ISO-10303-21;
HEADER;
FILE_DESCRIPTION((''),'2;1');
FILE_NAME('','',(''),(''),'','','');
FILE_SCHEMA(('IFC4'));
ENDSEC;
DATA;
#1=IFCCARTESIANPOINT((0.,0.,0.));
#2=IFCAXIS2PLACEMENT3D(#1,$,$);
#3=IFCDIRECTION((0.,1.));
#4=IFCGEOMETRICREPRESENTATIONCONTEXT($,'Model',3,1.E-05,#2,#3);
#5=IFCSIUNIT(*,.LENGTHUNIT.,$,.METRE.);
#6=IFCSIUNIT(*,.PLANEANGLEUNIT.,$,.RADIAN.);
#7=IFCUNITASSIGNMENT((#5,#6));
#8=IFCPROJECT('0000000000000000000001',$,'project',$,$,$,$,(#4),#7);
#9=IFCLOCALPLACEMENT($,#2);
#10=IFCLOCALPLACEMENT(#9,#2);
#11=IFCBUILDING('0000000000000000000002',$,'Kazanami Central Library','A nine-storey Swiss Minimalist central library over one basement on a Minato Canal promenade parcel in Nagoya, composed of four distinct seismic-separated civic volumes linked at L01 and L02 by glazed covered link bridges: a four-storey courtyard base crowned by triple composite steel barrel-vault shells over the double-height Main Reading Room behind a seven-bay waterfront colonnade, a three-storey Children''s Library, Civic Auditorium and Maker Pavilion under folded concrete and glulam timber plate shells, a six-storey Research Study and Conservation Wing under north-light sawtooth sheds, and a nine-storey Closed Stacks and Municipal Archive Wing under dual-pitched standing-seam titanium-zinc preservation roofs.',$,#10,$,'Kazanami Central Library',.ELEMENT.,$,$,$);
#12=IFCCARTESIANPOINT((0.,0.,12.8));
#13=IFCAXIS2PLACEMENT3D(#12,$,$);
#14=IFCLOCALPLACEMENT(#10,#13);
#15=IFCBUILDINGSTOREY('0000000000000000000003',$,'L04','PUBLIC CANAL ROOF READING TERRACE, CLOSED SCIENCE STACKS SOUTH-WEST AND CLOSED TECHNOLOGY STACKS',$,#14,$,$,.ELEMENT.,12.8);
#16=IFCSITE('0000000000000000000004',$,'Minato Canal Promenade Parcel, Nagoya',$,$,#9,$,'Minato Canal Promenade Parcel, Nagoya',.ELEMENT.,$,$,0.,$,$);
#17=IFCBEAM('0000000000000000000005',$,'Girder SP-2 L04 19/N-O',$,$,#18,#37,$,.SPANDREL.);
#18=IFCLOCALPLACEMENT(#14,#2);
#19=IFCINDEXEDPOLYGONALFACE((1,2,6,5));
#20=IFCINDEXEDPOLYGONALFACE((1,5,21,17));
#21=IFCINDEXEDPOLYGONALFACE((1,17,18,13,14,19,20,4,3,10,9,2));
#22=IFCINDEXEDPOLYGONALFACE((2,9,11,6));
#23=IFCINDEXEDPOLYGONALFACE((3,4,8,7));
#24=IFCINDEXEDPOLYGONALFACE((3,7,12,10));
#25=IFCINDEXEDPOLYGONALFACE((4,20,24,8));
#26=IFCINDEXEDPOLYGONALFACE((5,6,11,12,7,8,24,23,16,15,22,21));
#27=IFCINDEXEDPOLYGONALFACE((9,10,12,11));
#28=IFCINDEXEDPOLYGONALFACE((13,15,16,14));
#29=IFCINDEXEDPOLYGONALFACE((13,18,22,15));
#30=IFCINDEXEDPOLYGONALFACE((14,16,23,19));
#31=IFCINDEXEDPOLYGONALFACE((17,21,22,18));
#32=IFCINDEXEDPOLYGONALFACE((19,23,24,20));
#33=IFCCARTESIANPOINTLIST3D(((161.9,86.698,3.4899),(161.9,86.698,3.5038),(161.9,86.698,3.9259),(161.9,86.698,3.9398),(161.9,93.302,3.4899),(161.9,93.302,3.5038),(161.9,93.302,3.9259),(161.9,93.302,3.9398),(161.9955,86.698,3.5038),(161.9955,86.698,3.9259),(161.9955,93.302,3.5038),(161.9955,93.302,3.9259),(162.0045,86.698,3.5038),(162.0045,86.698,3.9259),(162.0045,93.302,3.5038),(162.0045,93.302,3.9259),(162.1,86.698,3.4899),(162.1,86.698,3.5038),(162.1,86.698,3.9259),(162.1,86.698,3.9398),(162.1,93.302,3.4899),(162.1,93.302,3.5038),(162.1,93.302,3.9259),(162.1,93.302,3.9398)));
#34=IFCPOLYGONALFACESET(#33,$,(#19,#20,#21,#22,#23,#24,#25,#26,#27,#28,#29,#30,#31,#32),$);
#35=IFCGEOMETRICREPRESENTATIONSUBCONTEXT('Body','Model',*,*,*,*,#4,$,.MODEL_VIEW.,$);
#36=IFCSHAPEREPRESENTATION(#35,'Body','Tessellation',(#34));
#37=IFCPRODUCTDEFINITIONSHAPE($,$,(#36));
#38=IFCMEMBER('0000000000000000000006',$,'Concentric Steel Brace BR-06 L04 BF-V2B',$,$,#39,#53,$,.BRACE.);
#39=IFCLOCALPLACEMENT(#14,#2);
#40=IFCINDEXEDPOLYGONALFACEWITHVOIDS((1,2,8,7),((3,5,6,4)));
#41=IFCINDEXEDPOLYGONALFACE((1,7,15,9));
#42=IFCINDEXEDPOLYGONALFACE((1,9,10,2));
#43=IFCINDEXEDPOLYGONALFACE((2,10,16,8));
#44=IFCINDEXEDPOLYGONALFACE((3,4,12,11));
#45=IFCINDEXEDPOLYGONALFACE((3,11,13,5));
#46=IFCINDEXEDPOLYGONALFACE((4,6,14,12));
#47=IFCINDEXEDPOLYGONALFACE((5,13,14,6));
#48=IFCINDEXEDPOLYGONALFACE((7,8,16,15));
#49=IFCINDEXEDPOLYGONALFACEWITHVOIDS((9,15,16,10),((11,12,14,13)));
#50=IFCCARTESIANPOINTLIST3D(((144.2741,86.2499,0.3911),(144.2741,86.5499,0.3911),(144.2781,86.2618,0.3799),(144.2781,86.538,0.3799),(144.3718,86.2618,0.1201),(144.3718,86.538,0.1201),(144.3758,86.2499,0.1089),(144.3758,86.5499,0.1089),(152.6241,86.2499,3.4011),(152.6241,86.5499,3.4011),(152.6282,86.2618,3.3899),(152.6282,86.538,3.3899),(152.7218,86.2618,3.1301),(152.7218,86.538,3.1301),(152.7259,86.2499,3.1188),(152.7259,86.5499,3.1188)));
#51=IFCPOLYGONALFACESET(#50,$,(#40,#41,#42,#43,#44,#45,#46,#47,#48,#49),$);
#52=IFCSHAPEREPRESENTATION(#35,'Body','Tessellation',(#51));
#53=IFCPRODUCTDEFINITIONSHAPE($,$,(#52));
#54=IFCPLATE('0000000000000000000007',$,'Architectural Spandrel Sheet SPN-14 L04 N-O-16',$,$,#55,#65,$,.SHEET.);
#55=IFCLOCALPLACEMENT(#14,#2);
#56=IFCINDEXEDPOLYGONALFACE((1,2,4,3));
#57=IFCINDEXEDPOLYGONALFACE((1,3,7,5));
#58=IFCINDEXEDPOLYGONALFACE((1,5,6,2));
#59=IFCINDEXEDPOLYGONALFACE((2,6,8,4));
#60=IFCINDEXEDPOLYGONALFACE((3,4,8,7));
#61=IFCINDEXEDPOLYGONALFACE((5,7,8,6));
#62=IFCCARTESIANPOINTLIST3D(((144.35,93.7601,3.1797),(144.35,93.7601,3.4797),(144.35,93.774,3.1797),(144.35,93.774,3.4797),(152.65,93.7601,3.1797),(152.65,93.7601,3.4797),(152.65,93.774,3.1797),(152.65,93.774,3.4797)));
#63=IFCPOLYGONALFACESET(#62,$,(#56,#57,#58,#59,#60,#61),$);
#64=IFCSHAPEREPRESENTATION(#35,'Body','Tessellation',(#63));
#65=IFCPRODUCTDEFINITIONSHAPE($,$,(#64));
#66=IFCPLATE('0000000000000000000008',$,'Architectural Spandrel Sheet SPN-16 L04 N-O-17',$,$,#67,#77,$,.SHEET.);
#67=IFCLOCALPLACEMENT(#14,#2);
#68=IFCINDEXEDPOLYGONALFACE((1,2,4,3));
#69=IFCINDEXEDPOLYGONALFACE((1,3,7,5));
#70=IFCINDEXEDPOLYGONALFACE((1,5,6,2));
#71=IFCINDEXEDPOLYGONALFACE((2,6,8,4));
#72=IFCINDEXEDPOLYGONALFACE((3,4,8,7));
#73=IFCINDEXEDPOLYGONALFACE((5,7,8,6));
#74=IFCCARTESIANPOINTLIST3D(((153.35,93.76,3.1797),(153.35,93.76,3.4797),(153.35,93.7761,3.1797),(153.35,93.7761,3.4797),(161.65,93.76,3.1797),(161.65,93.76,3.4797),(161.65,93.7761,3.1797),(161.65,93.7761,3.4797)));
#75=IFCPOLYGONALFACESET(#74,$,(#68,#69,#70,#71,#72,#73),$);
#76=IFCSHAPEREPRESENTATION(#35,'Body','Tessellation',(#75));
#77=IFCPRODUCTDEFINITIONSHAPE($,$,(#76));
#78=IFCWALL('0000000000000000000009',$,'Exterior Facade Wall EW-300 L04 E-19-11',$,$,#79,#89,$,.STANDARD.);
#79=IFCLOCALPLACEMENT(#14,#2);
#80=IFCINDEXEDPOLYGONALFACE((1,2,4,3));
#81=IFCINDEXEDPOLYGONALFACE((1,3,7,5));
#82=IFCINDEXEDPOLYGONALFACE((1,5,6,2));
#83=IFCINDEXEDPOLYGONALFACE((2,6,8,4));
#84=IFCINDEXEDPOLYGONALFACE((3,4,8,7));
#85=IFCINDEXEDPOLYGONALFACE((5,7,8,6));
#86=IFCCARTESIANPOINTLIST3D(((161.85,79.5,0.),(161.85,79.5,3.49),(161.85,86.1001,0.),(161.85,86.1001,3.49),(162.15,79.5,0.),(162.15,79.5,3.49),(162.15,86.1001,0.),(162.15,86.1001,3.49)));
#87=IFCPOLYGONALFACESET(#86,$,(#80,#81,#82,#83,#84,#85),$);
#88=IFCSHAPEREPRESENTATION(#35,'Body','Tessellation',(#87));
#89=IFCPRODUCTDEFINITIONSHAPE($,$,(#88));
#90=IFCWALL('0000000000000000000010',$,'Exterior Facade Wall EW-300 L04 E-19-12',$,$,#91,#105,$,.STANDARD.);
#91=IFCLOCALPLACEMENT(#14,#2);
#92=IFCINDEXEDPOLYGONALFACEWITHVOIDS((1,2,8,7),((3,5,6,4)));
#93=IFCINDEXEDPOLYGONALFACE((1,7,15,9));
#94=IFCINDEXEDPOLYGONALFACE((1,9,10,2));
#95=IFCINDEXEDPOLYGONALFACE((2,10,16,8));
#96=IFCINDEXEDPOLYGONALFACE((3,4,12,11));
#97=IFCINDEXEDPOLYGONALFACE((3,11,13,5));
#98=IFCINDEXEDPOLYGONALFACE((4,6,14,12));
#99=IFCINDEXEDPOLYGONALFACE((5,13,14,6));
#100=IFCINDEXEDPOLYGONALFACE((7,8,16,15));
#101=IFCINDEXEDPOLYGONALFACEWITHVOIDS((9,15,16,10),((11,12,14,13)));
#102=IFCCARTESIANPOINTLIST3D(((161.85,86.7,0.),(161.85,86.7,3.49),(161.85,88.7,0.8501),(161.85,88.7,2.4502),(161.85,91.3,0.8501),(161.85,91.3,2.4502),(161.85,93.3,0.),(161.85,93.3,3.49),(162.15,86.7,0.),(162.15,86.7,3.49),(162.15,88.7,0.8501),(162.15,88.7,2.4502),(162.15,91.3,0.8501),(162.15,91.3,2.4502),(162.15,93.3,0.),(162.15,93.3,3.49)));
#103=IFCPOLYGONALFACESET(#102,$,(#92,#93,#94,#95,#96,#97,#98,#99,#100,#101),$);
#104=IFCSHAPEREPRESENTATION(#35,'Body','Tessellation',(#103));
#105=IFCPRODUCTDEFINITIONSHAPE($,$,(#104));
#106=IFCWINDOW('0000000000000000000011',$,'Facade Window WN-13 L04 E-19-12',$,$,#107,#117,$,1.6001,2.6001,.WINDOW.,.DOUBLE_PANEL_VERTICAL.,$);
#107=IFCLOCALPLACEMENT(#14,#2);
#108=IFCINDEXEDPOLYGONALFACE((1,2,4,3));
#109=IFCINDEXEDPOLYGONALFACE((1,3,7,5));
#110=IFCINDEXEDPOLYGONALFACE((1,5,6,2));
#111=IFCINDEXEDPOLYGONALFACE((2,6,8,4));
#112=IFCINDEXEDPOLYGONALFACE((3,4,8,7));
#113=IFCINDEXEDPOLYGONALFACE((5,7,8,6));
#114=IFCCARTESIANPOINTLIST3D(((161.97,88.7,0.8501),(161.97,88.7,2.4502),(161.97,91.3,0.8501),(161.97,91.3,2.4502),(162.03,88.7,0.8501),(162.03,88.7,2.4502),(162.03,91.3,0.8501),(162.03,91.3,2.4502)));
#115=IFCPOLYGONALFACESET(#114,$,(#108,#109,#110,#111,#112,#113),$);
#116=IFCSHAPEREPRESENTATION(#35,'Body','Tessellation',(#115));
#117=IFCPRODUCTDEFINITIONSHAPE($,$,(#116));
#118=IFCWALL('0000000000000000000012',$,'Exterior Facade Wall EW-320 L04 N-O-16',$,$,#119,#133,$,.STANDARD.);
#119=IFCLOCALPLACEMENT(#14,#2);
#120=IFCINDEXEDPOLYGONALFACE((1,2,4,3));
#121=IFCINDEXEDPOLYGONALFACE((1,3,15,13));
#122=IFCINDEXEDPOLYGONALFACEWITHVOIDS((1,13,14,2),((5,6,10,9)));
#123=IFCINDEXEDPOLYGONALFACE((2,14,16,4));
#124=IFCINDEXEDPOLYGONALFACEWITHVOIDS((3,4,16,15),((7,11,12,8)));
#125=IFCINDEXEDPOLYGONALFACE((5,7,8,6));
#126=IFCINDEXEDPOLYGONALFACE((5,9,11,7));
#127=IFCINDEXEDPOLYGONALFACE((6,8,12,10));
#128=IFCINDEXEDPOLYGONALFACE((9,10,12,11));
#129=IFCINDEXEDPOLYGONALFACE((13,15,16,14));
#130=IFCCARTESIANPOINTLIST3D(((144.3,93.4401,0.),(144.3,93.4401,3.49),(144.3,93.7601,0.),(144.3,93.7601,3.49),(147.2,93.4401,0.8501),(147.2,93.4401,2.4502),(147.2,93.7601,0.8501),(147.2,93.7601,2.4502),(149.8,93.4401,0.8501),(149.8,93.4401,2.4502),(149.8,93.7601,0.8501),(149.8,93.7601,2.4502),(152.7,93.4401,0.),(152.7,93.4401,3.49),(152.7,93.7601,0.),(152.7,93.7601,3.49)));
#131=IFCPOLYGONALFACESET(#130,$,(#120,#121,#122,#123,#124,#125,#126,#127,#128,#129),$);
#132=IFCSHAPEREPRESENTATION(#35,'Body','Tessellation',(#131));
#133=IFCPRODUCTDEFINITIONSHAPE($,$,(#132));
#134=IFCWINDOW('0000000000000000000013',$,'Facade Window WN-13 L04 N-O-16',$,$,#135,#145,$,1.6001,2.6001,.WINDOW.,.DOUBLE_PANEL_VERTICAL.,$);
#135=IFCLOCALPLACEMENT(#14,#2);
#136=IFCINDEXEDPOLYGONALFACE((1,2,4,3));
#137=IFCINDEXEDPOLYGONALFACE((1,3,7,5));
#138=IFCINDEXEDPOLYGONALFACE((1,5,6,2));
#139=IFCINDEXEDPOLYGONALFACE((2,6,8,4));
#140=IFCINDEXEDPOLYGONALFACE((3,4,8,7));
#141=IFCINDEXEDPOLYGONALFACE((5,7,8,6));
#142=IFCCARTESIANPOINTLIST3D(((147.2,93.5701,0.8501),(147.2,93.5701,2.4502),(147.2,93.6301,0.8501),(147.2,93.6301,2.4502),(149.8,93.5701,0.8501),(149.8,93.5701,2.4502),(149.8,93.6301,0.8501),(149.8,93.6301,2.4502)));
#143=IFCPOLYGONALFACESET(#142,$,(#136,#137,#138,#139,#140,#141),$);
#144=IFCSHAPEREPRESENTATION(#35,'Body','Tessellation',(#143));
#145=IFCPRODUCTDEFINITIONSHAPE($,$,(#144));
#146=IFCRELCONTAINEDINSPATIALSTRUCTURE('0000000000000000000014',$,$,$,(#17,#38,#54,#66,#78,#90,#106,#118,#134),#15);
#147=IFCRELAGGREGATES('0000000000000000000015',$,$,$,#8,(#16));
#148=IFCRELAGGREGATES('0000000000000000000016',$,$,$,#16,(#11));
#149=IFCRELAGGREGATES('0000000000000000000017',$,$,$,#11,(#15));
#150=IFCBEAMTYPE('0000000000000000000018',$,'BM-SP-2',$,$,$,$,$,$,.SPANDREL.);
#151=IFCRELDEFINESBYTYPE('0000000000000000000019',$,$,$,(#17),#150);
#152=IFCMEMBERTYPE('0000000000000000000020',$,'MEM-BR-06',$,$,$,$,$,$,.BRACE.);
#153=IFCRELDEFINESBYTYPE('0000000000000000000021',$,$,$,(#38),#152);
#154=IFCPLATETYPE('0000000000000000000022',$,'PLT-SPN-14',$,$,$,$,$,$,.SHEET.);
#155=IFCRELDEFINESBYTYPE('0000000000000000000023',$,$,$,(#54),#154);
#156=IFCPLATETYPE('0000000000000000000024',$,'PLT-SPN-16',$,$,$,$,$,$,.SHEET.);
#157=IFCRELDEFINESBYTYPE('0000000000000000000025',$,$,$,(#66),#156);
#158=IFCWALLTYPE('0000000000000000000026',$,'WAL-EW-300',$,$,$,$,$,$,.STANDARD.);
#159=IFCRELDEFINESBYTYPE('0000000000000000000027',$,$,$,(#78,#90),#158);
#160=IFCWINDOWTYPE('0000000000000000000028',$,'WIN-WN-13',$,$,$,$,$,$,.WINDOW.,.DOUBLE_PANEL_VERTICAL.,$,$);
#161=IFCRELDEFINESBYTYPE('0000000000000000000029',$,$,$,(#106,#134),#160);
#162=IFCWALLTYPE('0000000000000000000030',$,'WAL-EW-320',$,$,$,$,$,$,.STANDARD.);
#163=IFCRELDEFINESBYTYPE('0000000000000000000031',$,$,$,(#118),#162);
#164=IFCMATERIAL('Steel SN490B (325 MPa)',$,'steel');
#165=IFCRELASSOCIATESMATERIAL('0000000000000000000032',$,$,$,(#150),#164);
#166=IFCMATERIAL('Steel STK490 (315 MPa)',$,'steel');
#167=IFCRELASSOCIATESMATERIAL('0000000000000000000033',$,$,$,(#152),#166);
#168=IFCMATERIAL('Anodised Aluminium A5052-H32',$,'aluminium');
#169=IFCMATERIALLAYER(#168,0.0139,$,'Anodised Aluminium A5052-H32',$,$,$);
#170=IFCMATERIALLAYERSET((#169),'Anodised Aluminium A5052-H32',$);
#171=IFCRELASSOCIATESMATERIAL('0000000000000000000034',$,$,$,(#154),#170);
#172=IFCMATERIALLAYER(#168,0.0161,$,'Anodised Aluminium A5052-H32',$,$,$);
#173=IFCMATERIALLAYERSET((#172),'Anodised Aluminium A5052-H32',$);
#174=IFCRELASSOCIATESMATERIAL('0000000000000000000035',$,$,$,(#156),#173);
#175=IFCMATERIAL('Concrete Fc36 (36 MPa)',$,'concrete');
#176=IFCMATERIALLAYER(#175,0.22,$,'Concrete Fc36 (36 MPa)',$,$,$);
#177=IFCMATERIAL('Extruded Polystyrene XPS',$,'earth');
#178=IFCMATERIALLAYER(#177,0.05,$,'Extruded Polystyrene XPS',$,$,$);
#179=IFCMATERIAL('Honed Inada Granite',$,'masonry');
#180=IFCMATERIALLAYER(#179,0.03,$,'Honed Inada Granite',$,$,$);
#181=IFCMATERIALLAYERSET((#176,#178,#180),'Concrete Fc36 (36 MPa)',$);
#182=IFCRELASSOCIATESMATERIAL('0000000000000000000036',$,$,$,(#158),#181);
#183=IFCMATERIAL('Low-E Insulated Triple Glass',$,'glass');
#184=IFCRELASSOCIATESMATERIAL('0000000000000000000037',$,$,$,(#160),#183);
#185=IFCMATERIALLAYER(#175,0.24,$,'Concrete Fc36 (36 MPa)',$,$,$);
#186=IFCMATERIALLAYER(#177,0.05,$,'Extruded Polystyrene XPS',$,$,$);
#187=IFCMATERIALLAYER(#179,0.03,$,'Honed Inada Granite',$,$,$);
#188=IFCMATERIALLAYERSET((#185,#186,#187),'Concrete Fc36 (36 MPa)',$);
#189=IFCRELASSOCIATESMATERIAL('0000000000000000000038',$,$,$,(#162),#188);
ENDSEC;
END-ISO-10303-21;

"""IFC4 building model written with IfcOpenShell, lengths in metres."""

from ifc_helpers import new_model, si_unit, direction, frame, frame_2d, origin, origin_2d, place, context, subcontext, project, spatial, rectangle, hollow_rectangle, i_section, extrude, material, layer, layer_set, material_profile, profile_set, type_object, element, fill, save


model = new_model("IFC4")

# Units and contexts
model_context = context("Model", 3, precision=1e-05, world=origin(), true_north=direction((0.0, 1.0)))
body_context = subcontext(model_context, "Body", "Model", "MODEL_VIEW")
ifc_project = project(units=[si_unit("LENGTHUNIT", "METRE"), si_unit("PLANEANGLEUNIT", "RADIAN")], contexts=[model_context])

# Site, building, storey
site_placement = place(None, origin())
site = spatial("IfcSite", under=ifc_project, at=site_placement, Name="Minato Canal Promenade Parcel, Nagoya", LongName="Minato Canal Promenade Parcel, Nagoya", CompositionType="ELEMENT", RefElevation=0.0)
building_placement = place(site_placement, origin())
building = spatial("IfcBuilding", under=site, at=building_placement, Name="Kazanami Central Library", Description="A nine-storey Swiss Minimalist central library over one basement on a Minato Canal promenade parcel in Nagoya, composed of four distinct seismic-separated civic volumes linked at L01 and L02 by glazed covered link bridges: a four-storey courtyard base crowned by triple composite steel barrel-vault shells over the double-height Main Reading Room behind a seven-bay waterfront colonnade, a three-storey Children's Library, Civic Auditorium and Maker Pavilion under folded concrete and glulam timber plate shells, a six-storey Research Study and Conservation Wing under north-light sawtooth sheds, and a nine-storey Closed Stacks and Municipal Archive Wing under dual-pitched standing-seam titanium-zinc preservation roofs.", LongName="Kazanami Central Library", CompositionType="ELEMENT")
storey_placement = place(building_placement, frame((0.0, 0.0, 12.8)))
storey = spatial("IfcBuildingStorey", under=building, at=storey_placement, Name="L04", Description="PUBLIC CANAL ROOF READING TERRACE, CLOSED SCIENCE STACKS SOUTH-WEST AND CLOSED TECHNOLOGY STACKS", CompositionType="ELEMENT", Elevation=12.8)

# Beam
ifc_material_1 = material(Name="Steel SN490B (325 MPa)", Category="steel")
ifc_material_profile_1 = material_profile(ifc_material_1, i_section(OverallWidth=0.2, OverallDepth=0.45, WebThickness=0.009, FlangeThickness=0.0139, at=origin_2d()), Name="H-450x200x9x14")
ifc_profile_set_1 = profile_set([ifc_material_profile_1], Name="Steel SN490B (325 MPa)")
beam_type_1 = type_object("IfcBeamType", Name="BM-SP-2", PredefinedType="SPANDREL", material=ifc_profile_set_1)
beam_1_placement = place(storey_placement, frame((162.0, 86.698, 3.7148), z_axis=(0.0, 1.0, 0.0), x_axis=(-1.0, 0.0, 0.0)))
element("IfcBeam", 1, at=beam_1_placement, inside=storey, type_object=beam_type_1, Name="Girder SP-2 L04 19/N-O", PredefinedType="SPANDREL", context=body_context, shape_type="SweptSolid", body=[
    extrude(i_section(OverallWidth=0.2, OverallDepth=0.45, WebThickness=0.009, FlangeThickness=0.0139, at=origin_2d()), origin(), (0.0, 0.0, 1.0), 6.604),
])

# Member
ifc_material_2 = material(Name="Steel STK490 (315 MPa)", Category="steel")
ifc_material_profile_2 = material_profile(ifc_material_2, hollow_rectangle(XDim=0.3, YDim=0.3, WallThickness=0.012, at=origin_2d()), Name="STKR-300x300x12")
ifc_profile_set_2 = profile_set([ifc_material_profile_2], Name="Steel STK490 (315 MPa)")
member_type = type_object("IfcMemberType", Name="MEM-BR-06", PredefinedType="BRACE", material=ifc_profile_set_2)
member_placement = place(storey_placement, frame((144.325, 86.3999, 0.25), z_axis=(0.940745, 0.0, 0.339116), x_axis=(0.0, 1.0, 0.0)))
element("IfcMember", 2, at=member_placement, inside=storey, type_object=member_type, Name="Concentric Steel Brace BR-06 L04 BF-V2B", PredefinedType="BRACE", context=body_context, shape_type="SweptSolid", body=[
    extrude(hollow_rectangle(XDim=0.3, YDim=0.3, WallThickness=0.012, at=origin_2d()), origin(), (0.0, 0.0, 1.0), 8.876),
])

# Plates
ifc_material_3 = material(Name="Anodised Aluminium A5052-H32", Category="aluminium")
ifc_layer_1 = layer(ifc_material_3, 0.0139, Name="Anodised Aluminium A5052-H32")
ifc_layer_set_1 = layer_set([ifc_layer_1], Name="Anodised Aluminium A5052-H32")
plate_type_1 = type_object("IfcPlateType", Name="PLT-SPN-14", PredefinedType="SHEET", material=ifc_layer_set_1)
plate_1_placement = place(storey_placement, frame((148.5, 93.7671, 3.1797), z_axis=(0.0, 0.0, 1.0), x_axis=(-1.0, 0.0, 0.0)))
element("IfcPlate", 3, at=plate_1_placement, inside=storey, type_object=plate_type_1, Name="Architectural Spandrel Sheet SPN-14 L04 N-O-16", PredefinedType="SHEET", context=body_context, shape_type="SweptSolid", body=[
    extrude(rectangle(XDim=8.3, YDim=0.0139, at=origin_2d()), origin(), (0.0, 0.0, 1.0), 0.3),
])
ifc_layer_2 = layer(ifc_material_3, 0.0161, Name="Anodised Aluminium A5052-H32")
ifc_layer_set_2 = layer_set([ifc_layer_2], Name="Anodised Aluminium A5052-H32")
plate_type_2 = type_object("IfcPlateType", Name="PLT-SPN-16", PredefinedType="SHEET", material=ifc_layer_set_2)
plate_2_placement = place(storey_placement, frame((157.5, 93.7681, 3.1797), z_axis=(0.0, 0.0, 1.0), x_axis=(-1.0, 0.0, 0.0)))
element("IfcPlate", 4, at=plate_2_placement, inside=storey, type_object=plate_type_2, Name="Architectural Spandrel Sheet SPN-16 L04 N-O-17", PredefinedType="SHEET", context=body_context, shape_type="SweptSolid", body=[
    extrude(rectangle(XDim=8.3, YDim=0.0161, at=origin_2d()), origin(), (0.0, 0.0, 1.0), 0.3),
])

# Wall
ifc_material_4 = material(Name="Concrete Fc36 (36 MPa)", Category="concrete")
ifc_layer_3 = layer(ifc_material_4, 0.22, Name="Concrete Fc36 (36 MPa)")
ifc_material_5 = material(Name="Extruded Polystyrene XPS", Category="earth")
ifc_layer_4 = layer(ifc_material_5, 0.05, Name="Extruded Polystyrene XPS")
ifc_material_6 = material(Name="Honed Inada Granite", Category="masonry")
ifc_layer_5 = layer(ifc_material_6, 0.03, Name="Honed Inada Granite")
ifc_layer_set_3 = layer_set([ifc_layer_3, ifc_layer_4, ifc_layer_5], Name="Concrete Fc36 (36 MPa)")
wall_type_1 = type_object("IfcWallType", Name="WAL-EW-300", PredefinedType="STANDARD", material=ifc_layer_set_3)
wall_1_placement = place(storey_placement, frame((162.0, 86.1001, 0.0), z_axis=(0.0, 0.0, 1.0), x_axis=(0.0, -1.0, 0.0)))
element("IfcWall", 5, at=wall_1_placement, inside=storey, type_object=wall_type_1, Name="Exterior Facade Wall EW-300 L04 E-19-11", PredefinedType="STANDARD", context=body_context, shape_type="SweptSolid", body=[
    extrude(rectangle(XDim=6.6001, YDim=0.3, at=frame_2d((3.3, 0.0))), origin(), (0.0, 0.0, 1.0), 3.49),
])

# Walls, openings, windows
wall_2_placement = place(storey_placement, frame((162.0, 93.3, 0.0), z_axis=(0.0, 0.0, 1.0), x_axis=(0.0, -1.0, 0.0)))
wall_2 = element("IfcWall", 6, at=wall_2_placement, inside=storey, type_object=wall_type_1, Name="Exterior Facade Wall EW-300 L04 E-19-12", PredefinedType="STANDARD", context=body_context, shape_type="SweptSolid", body=[
    extrude(rectangle(XDim=6.6001, YDim=0.3, at=frame_2d((3.3, 0.0))), origin(), (0.0, 0.0, 1.0), 3.49),
])
opening_1_placement = place(wall_2_placement, frame((2.0, 0.0, 0.8501)))
opening_1 = element("IfcOpeningElement", 7, at=opening_1_placement, cuts=wall_2, PredefinedType="OPENING", context=body_context, shape_type="SweptSolid", body=[
    extrude(rectangle(XDim=2.6001, YDim=1.6001, at=frame_2d((1.3, 0.8))), frame((0.0, 0.1621, 0.0), z_axis=(0.0, -1.0, 0.0), x_axis=(1.0, 0.0, 0.0)), (0.0, 0.0, 1.0), 0.324),
])
ifc_material_7 = material(Name="Low-E Insulated Triple Glass", Category="glass")
window_type = type_object("IfcWindowType", Name="WIN-WN-13", PartitioningType="DOUBLE_PANEL_VERTICAL", PredefinedType="WINDOW", material=ifc_material_7)
window_1_placement = place(opening_1_placement, origin())
window_1 = element("IfcWindow", 8, at=window_1_placement, inside=storey, type_object=window_type, Name="Facade Window WN-13 L04 E-19-12", OverallHeight=1.6001, OverallWidth=2.6001, PartitioningType="DOUBLE_PANEL_VERTICAL", PredefinedType="WINDOW", context=body_context, shape_type="SweptSolid", body=[
    extrude(rectangle(XDim=2.6001, YDim=1.6001, at=frame_2d((1.3, 0.8))), frame((0.0, 0.03, 0.0), z_axis=(0.0, -1.0, 0.0), x_axis=(1.0, 0.0, 0.0)), (0.0, 0.0, 1.0), 0.0601),
])
fill(opening_1, window_1)
ifc_layer_6 = layer(ifc_material_4, 0.24, Name="Concrete Fc36 (36 MPa)")
ifc_layer_7 = layer(ifc_material_5, 0.05, Name="Extruded Polystyrene XPS")
ifc_layer_8 = layer(ifc_material_6, 0.03, Name="Honed Inada Granite")
ifc_layer_set_4 = layer_set([ifc_layer_6, ifc_layer_7, ifc_layer_8], Name="Concrete Fc36 (36 MPa)")
wall_type_2 = type_object("IfcWallType", Name="WAL-EW-320", PredefinedType="STANDARD", material=ifc_layer_set_4)
wall_3_placement = place(storey_placement, frame((152.7, 93.6001, 0.0), z_axis=(0.0, 0.0, 1.0), x_axis=(-1.0, 0.0, 0.0)))
wall_3 = element("IfcWall", 9, at=wall_3_placement, inside=storey, type_object=wall_type_2, Name="Exterior Facade Wall EW-320 L04 N-O-16", PredefinedType="STANDARD", context=body_context, shape_type="SweptSolid", body=[
    extrude(rectangle(XDim=8.3999, YDim=0.3201, at=frame_2d((4.2, 0.0))), origin(), (0.0, 0.0, 1.0), 3.49),
])
opening_2_placement = place(wall_3_placement, frame((2.8999, 0.0, 0.8501)))
opening_2 = element("IfcOpeningElement", 10, at=opening_2_placement, cuts=wall_3, PredefinedType="OPENING", context=body_context, shape_type="SweptSolid", body=[
    extrude(rectangle(XDim=2.6001, YDim=1.6001, at=frame_2d((1.3, 0.8))), frame((0.0, 0.1719, 0.0), z_axis=(0.0, -1.0, 0.0), x_axis=(1.0, 0.0, 0.0)), (0.0, 0.0, 1.0), 0.344),
])
window_2_placement = place(opening_2_placement, origin())
window_2 = element("IfcWindow", 11, at=window_2_placement, inside=storey, type_object=window_type, Name="Facade Window WN-13 L04 N-O-16", OverallHeight=1.6001, OverallWidth=2.6001, PartitioningType="DOUBLE_PANEL_VERTICAL", PredefinedType="WINDOW", context=body_context, shape_type="SweptSolid", body=[
    extrude(rectangle(XDim=2.6001, YDim=1.6001, at=frame_2d((1.3, 0.8))), frame((0.0, 0.03, 0.0), z_axis=(0.0, -1.0, 0.0), x_axis=(1.0, 0.0, 0.0)), (0.0, 0.0, 1.0), 0.0601),
])
fill(opening_2, window_2)

save(model, "model.ifc")
